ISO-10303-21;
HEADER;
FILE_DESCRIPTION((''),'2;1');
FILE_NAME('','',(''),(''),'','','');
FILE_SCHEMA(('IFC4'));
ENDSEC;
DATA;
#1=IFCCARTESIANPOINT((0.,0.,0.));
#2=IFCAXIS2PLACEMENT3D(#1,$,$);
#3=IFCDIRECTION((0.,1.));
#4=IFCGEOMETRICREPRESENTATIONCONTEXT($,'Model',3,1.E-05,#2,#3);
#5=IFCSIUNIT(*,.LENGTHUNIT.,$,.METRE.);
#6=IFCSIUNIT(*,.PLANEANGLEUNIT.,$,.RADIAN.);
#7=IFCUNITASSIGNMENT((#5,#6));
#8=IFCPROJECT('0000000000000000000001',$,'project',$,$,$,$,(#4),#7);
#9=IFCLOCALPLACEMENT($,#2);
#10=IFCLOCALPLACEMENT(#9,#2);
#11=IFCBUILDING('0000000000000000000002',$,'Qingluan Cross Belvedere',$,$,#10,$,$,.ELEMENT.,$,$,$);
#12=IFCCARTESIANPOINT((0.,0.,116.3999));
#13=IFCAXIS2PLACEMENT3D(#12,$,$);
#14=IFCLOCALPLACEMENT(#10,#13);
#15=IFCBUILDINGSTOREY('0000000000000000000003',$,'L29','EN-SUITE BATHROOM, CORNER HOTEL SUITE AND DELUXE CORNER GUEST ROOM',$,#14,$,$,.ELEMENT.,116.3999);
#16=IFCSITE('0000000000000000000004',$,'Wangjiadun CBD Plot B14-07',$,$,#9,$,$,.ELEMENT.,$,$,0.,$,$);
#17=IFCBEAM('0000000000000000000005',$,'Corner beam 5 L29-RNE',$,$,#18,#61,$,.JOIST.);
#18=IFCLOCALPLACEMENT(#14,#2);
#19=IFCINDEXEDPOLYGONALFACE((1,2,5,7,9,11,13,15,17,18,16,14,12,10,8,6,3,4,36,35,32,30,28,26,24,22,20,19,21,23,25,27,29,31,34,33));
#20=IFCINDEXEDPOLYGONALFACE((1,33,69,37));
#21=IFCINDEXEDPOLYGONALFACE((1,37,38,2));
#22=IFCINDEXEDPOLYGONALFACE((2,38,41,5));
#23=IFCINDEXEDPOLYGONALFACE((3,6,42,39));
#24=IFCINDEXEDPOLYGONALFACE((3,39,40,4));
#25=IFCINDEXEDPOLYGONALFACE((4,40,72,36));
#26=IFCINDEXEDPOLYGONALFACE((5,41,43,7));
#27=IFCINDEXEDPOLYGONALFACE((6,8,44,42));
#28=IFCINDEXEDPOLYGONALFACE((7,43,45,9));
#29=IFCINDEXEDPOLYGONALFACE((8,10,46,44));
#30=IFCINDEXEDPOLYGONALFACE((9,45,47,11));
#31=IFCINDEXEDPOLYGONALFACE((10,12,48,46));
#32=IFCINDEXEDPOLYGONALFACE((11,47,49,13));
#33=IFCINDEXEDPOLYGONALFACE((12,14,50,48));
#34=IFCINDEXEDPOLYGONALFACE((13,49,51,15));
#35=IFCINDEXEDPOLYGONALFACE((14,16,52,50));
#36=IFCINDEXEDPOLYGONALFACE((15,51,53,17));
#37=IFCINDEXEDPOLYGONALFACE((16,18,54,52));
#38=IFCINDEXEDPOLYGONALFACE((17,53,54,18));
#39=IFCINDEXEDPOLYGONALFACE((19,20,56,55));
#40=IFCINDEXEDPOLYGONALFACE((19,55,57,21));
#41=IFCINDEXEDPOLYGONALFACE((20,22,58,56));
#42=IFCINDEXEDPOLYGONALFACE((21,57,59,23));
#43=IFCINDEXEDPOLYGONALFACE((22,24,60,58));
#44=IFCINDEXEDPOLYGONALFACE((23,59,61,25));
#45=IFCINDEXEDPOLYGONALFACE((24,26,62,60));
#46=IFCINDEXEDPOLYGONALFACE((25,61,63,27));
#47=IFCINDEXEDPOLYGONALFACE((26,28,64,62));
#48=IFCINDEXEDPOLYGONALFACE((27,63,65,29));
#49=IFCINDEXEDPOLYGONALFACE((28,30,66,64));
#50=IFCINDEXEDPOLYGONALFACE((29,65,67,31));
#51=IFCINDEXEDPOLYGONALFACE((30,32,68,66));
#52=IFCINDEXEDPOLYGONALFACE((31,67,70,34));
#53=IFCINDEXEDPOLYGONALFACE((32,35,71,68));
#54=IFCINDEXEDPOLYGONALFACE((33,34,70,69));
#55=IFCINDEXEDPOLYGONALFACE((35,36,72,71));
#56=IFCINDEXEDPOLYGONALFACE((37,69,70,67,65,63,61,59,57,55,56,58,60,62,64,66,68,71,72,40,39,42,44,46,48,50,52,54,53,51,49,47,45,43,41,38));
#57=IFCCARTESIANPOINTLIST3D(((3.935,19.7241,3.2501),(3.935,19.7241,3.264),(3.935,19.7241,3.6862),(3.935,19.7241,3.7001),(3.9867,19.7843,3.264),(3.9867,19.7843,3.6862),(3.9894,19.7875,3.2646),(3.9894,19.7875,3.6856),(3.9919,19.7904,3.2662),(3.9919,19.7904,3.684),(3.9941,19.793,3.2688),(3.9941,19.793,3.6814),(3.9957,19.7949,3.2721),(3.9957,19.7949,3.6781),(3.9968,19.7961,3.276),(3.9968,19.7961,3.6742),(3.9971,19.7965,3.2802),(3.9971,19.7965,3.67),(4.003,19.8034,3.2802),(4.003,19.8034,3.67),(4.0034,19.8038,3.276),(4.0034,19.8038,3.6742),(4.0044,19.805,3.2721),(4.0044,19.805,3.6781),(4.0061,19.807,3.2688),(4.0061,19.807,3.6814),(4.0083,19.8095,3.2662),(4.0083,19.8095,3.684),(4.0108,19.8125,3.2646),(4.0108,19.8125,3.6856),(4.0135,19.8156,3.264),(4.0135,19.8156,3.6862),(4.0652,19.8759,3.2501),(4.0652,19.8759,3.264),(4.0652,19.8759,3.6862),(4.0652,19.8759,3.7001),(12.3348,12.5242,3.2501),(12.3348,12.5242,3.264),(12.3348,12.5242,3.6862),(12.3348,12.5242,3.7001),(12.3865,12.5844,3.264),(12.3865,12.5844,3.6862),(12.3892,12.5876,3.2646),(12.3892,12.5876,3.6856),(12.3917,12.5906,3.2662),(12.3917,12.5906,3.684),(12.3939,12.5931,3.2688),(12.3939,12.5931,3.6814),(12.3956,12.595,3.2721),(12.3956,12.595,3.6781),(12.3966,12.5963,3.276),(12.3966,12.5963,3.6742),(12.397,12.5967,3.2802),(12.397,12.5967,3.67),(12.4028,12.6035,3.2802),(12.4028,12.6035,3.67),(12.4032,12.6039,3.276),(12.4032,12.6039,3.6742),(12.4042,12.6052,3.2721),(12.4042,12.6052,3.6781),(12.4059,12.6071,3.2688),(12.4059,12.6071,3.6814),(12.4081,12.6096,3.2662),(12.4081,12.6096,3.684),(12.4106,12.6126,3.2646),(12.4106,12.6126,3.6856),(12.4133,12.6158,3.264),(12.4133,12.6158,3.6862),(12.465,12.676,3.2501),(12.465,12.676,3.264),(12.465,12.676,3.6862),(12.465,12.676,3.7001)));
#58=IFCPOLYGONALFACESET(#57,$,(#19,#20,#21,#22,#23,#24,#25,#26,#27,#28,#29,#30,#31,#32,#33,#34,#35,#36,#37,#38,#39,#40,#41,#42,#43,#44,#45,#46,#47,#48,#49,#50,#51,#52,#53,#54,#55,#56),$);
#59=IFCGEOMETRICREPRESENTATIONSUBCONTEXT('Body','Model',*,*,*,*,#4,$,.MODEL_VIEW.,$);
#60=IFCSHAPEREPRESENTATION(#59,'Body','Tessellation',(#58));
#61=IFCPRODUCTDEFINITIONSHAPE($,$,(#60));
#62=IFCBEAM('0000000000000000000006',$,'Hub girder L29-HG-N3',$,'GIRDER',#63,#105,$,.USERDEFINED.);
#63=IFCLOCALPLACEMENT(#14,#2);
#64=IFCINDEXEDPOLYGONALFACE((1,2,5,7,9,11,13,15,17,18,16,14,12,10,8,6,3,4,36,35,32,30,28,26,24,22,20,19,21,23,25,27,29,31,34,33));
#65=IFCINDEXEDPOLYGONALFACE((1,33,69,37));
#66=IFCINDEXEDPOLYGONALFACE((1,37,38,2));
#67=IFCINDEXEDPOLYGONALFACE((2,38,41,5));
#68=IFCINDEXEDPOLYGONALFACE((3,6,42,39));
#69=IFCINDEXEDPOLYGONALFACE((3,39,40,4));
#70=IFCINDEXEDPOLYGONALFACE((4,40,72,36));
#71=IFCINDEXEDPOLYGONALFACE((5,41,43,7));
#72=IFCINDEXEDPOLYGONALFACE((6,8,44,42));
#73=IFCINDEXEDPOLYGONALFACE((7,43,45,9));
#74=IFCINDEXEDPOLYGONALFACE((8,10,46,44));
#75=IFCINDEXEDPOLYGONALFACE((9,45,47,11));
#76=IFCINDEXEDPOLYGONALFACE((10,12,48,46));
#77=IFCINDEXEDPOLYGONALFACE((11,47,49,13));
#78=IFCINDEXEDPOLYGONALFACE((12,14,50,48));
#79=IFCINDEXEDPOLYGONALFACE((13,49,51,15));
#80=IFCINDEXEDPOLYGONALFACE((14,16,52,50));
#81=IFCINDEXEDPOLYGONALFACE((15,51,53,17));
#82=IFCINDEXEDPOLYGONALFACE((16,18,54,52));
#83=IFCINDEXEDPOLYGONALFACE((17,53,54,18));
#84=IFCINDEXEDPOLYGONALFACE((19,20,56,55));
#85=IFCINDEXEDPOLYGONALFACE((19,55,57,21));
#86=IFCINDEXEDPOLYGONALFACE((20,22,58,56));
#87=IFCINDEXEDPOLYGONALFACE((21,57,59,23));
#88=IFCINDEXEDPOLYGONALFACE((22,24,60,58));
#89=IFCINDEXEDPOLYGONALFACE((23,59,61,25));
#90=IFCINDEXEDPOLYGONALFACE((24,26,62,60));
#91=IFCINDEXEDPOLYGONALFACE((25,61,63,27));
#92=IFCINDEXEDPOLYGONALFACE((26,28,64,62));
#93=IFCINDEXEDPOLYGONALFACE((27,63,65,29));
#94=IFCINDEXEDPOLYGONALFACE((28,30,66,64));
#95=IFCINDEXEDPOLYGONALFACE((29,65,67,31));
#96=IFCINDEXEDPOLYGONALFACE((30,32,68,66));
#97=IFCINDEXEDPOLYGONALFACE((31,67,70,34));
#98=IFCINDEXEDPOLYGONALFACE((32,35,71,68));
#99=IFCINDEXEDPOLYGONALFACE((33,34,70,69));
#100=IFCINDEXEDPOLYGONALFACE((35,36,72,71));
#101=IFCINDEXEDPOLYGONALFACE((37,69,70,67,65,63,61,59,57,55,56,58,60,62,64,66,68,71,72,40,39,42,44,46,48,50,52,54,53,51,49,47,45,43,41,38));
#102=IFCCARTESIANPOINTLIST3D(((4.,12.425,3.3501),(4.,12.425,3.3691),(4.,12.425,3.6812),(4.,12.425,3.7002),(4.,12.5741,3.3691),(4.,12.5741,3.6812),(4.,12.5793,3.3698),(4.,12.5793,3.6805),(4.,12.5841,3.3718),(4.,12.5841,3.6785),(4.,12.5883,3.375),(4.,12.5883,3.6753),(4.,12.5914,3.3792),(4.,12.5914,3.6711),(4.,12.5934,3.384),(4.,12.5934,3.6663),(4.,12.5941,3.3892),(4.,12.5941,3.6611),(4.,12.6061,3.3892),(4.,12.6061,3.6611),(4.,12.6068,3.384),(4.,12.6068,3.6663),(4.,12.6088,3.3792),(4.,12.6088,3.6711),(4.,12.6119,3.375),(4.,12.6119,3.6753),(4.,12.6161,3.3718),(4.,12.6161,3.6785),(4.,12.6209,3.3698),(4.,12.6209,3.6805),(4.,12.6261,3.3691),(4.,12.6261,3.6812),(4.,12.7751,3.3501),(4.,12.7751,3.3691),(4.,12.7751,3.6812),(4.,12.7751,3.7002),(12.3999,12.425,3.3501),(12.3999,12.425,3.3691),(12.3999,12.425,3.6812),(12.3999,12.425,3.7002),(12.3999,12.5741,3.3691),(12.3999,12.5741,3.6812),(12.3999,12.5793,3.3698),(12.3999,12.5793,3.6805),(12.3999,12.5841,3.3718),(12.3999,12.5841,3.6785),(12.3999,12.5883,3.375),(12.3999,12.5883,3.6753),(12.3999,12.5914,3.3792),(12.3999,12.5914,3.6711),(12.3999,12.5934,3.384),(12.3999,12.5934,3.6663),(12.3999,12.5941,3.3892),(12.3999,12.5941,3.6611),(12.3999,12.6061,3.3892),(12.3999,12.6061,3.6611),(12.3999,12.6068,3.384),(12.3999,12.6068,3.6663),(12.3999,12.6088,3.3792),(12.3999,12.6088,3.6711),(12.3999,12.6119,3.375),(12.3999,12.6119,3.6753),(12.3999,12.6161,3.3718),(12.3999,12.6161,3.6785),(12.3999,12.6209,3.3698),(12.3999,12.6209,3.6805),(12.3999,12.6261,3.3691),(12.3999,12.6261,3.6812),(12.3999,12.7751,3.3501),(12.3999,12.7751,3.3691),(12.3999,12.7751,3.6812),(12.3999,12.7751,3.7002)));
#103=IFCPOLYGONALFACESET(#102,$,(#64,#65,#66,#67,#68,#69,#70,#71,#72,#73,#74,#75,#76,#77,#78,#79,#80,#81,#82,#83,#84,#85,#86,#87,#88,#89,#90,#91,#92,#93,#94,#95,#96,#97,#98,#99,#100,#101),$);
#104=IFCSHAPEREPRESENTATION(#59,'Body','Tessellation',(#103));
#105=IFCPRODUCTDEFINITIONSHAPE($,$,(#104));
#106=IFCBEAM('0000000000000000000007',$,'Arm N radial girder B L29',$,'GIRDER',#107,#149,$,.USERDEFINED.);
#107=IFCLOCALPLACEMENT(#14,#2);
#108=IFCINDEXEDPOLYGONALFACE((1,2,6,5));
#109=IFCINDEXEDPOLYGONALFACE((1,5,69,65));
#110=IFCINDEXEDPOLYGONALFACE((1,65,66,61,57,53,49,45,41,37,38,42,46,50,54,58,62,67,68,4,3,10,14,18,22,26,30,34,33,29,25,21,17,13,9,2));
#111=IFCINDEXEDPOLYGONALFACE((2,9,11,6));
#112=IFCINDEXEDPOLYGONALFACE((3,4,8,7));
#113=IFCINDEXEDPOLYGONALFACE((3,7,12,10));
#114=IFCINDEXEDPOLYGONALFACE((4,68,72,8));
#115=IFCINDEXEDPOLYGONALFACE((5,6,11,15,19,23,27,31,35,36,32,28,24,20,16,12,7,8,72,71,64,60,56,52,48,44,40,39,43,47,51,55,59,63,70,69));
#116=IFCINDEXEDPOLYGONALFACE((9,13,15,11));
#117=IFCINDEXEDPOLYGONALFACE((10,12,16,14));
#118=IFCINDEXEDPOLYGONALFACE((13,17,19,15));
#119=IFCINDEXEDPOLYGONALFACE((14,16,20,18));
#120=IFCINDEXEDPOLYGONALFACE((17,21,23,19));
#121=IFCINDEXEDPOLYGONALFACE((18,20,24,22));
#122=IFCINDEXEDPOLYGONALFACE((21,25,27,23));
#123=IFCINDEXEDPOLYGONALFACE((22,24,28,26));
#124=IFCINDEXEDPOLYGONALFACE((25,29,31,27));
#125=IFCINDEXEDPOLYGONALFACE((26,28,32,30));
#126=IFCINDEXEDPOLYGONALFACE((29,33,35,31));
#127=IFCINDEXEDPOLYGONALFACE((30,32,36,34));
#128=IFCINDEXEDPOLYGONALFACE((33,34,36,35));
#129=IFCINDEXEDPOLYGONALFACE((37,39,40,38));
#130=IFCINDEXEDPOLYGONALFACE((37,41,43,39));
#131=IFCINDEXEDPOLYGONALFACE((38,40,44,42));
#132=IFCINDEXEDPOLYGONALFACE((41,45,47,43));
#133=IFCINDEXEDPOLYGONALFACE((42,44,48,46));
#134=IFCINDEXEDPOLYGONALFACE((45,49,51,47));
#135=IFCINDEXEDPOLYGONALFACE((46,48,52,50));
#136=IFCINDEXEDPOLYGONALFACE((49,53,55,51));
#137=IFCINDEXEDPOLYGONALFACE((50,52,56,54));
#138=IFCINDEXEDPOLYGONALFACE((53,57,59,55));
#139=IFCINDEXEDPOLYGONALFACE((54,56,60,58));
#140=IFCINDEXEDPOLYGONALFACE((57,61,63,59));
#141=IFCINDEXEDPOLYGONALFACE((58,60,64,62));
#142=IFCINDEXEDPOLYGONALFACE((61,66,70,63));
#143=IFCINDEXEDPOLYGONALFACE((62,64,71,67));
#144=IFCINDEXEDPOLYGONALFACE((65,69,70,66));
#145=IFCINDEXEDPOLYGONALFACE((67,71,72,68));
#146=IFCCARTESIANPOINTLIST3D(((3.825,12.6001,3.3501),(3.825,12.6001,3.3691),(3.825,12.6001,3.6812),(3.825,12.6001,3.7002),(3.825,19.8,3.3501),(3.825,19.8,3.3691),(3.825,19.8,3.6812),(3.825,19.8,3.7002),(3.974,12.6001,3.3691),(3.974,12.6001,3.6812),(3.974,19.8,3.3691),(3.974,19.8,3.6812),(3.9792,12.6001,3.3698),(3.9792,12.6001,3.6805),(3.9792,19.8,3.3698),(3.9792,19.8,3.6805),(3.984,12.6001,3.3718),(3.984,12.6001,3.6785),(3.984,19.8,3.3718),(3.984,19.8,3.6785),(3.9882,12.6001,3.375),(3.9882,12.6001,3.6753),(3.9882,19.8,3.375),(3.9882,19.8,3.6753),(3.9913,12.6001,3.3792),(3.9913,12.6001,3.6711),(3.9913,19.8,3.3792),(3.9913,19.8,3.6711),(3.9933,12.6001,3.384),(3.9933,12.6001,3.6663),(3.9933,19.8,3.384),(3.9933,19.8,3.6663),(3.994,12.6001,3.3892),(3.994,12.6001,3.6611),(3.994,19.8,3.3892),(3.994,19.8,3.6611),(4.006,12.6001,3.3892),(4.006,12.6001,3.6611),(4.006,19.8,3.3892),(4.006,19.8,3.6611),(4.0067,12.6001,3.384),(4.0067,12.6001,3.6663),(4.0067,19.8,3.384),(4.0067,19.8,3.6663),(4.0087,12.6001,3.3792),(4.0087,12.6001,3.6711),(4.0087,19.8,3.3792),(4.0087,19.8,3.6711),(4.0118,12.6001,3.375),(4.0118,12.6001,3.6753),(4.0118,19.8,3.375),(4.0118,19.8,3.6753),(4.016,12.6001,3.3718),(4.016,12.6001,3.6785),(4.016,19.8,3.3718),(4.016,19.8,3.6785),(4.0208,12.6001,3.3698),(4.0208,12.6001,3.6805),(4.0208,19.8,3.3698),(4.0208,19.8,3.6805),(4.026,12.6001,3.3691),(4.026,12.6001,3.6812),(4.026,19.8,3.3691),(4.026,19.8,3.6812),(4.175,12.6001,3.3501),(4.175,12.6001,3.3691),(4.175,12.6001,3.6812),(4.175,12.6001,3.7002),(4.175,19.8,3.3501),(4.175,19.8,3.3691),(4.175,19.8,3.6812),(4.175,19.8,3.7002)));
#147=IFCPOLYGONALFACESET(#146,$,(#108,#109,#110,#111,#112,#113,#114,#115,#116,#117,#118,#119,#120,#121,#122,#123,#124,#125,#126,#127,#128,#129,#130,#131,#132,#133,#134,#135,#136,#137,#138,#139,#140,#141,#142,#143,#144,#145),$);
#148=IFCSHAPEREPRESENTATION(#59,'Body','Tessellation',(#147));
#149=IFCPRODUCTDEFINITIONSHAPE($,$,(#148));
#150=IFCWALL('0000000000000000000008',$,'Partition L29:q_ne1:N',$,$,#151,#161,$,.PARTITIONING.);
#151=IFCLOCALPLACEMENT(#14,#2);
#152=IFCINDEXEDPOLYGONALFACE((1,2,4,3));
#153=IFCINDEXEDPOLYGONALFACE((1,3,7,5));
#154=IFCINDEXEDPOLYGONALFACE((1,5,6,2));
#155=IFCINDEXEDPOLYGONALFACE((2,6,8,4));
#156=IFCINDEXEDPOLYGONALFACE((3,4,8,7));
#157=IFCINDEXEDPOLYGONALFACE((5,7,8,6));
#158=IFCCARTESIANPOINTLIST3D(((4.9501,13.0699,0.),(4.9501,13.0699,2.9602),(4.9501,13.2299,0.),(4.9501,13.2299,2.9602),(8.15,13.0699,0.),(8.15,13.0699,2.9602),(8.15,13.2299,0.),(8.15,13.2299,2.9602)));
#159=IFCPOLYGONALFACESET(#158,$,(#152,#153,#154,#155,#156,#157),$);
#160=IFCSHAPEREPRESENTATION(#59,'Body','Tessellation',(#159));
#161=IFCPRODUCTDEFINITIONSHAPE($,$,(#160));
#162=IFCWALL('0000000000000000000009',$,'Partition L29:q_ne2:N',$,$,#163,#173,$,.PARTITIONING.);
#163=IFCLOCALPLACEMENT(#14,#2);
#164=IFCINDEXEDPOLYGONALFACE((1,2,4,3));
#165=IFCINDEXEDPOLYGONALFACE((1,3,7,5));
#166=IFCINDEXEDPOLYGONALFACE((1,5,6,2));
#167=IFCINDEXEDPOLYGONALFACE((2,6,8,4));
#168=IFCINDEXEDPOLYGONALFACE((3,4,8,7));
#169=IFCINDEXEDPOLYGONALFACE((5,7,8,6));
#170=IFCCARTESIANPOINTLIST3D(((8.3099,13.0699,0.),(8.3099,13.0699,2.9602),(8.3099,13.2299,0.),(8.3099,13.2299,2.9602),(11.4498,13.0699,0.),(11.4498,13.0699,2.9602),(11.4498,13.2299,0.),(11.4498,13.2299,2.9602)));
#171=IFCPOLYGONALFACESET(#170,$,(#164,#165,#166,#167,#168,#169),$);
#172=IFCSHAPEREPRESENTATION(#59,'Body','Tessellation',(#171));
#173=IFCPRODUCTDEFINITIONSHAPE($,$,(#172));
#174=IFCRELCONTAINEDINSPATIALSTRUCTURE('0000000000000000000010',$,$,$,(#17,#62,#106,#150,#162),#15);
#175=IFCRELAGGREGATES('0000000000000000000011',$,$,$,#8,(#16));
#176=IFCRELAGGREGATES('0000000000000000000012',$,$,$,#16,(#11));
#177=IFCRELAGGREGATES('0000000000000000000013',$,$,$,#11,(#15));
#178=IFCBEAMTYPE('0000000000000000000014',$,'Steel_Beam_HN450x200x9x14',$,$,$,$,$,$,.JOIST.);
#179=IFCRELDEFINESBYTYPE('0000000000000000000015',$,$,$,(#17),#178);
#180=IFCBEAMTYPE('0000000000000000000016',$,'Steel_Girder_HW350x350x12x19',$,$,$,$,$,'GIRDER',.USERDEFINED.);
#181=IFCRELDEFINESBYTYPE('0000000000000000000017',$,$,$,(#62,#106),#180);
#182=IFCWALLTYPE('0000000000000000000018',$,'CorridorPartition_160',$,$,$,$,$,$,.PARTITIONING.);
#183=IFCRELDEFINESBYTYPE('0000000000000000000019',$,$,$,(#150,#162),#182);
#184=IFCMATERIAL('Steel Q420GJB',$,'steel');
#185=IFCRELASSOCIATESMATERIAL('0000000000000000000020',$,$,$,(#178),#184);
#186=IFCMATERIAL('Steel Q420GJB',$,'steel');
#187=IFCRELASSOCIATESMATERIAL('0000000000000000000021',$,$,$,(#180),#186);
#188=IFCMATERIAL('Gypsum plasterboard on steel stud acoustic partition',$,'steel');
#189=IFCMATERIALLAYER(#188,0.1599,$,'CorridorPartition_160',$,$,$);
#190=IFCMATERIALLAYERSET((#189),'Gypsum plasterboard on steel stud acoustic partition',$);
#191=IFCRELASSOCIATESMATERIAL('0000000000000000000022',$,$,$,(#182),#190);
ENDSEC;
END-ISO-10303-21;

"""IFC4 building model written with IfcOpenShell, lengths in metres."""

from ifc_helpers import new_model, si_unit, direction, frame, frame_2d, origin, origin_2d, place, context, subcontext, project, spatial, rectangle, i_section, extrude, material, layer, layer_set, material_profile, profile_set, type_object, element, save


model = new_model("IFC4")

# Units and contexts
model_context = context("Model", 3, precision=1e-05, world=origin(), true_north=direction((0.0, 1.0)))
body_context = subcontext(model_context, "Body", "Model", "MODEL_VIEW")
ifc_project = project(units=[si_unit("LENGTHUNIT", "METRE"), si_unit("PLANEANGLEUNIT", "RADIAN")], contexts=[model_context])

# Site, building, storey
site_placement = place(None, origin())
site = spatial("IfcSite", under=ifc_project, at=site_placement, Name="Wangjiadun CBD Plot B14-07", CompositionType="ELEMENT", RefElevation=0.0)
building_placement = place(site_placement, origin())
building = spatial("IfcBuilding", under=site, at=building_placement, Name="Qingluan Cross Belvedere", CompositionType="ELEMENT")
storey_placement = place(building_placement, frame((0.0, 0.0, 116.3999)))
storey = spatial("IfcBuildingStorey", under=building, at=storey_placement, Name="L29", Description="EN-SUITE BATHROOM, CORNER HOTEL SUITE AND DELUXE CORNER GUEST ROOM", CompositionType="ELEMENT", Elevation=116.3999)

# Beams
ifc_material_1 = material(Name="Steel Q420GJB", Category="steel")
ifc_material_profile_1 = material_profile(ifc_material_1, i_section(OverallWidth=0.2, OverallDepth=0.45, WebThickness=0.009, FlangeThickness=0.0139, FilletRadius=0.0161, at=origin_2d()), Name="HN450x200x9x14")
ifc_profile_set_1 = profile_set([ifc_material_profile_1], Name="Steel Q420GJB")
beam_type_1 = type_object("IfcBeamType", Name="Steel_Beam_HN450x200x9x14", PredefinedType="JOIST", material=ifc_profile_set_1)
beam_1_placement = place(storey_placement, frame((12.3999, 12.6001, 3.4751), z_axis=(-0.759255, 0.650793, 0.0), x_axis=(-0.650793, -0.759255, 0.0)))
element("IfcBeam", 1, at=beam_1_placement, inside=storey, type_object=beam_type_1, Name="Corner beam 5 L29-RNE", PredefinedType="JOIST", context=body_context, shape_type="SweptSolid", body=[
    extrude(i_section(OverallWidth=0.2, OverallDepth=0.45, WebThickness=0.009, FlangeThickness=0.0139, FilletRadius=0.0161, at=origin_2d()), origin(), (0.0, 0.0, 1.0), 11.0632),
])
ifc_material_2 = material(Name="Steel Q420GJB", Category="steel")
ifc_material_profile_2 = material_profile(ifc_material_2, i_section(OverallWidth=0.3501, OverallDepth=0.3501, WebThickness=0.012, FlangeThickness=0.019, FilletRadius=0.02, at=origin_2d()), Name="HW350x350x12x19")
ifc_profile_set_2 = profile_set([ifc_material_profile_2], Name="Steel Q420GJB")
beam_type_2 = type_object("IfcBeamType", Name="Steel_Girder_HW350x350x12x19", ElementType="GIRDER", PredefinedType="USERDEFINED", material=ifc_profile_set_2)
beam_2_placement = place(storey_placement, frame((4.0, 12.6001, 3.5251), z_axis=(1.0, 0.0, 0.0), x_axis=(0.0, 1.0, 0.0)))
element("IfcBeam", 2, at=beam_2_placement, inside=storey, type_object=beam_type_2, Name="Hub girder L29-HG-N3", ObjectType="GIRDER", PredefinedType="USERDEFINED", context=body_context, shape_type="SweptSolid", body=[
    extrude(i_section(OverallWidth=0.3501, OverallDepth=0.3501, WebThickness=0.012, FlangeThickness=0.019, FilletRadius=0.02, at=origin_2d()), origin(), (0.0, 0.0, 1.0), 8.3999),
])
beam_3_placement = place(storey_placement, frame((4.0, 12.6001, 3.5251), z_axis=(0.0, 1.0, 0.0), x_axis=(-1.0, 0.0, 0.0)))
element("IfcBeam", 3, at=beam_3_placement, inside=storey, type_object=beam_type_2, Name="Arm N radial girder B L29", ObjectType="GIRDER", PredefinedType="USERDEFINED", context=body_context, shape_type="SweptSolid", body=[
    extrude(i_section(OverallWidth=0.3501, OverallDepth=0.3501, WebThickness=0.012, FlangeThickness=0.019, FilletRadius=0.02, at=origin_2d()), origin(), (0.0, 0.0, 1.0), 7.2),
])

# Walls
ifc_material_3 = material(Name="Gypsum plasterboard on steel stud acoustic partition", Category="steel")
ifc_layer_1 = layer(ifc_material_3, 0.1599, Name="CorridorPartition_160")
ifc_layer_set_1 = layer_set([ifc_layer_1], Name="Gypsum plasterboard on steel stud acoustic partition")
wall_type_1 = type_object("IfcWallType", Name="CorridorPartition_160", PredefinedType="PARTITIONING", material=ifc_layer_set_1)
wall_1_placement = place(storey_placement, frame((4.95, 13.1499, 0.0), z_axis=(0.0, 0.0, 1.0), x_axis=(1.0, 0.0, 0.0)))
element("IfcWall", 4, at=wall_1_placement, inside=storey, type_object=wall_type_1, Name="Partition L29:q_ne1:N", PredefinedType="PARTITIONING", context=body_context, shape_type="SweptSolid", body=[
    extrude(rectangle(XDim=3.2, YDim=0.1599, at=frame_2d((1.6001, 0.0))), origin(), (0.0, 0.0, 1.0), 2.9602),
])
wall_2_placement = place(storey_placement, frame((8.3101, 13.1499, 0.0), z_axis=(0.0, 0.0, 1.0), x_axis=(1.0, 0.0, 0.0)))
element("IfcWall", 5, at=wall_2_placement, inside=storey, type_object=wall_type_1, Name="Partition L29:q_ne2:N", PredefinedType="PARTITIONING", context=body_context, shape_type="SweptSolid", body=[
    extrude(rectangle(XDim=3.1399, YDim=0.1599, at=frame_2d((1.5698, 0.0))), origin(), (0.0, 0.0, 1.0), 2.9602),
])

save(model, "model.ifc")
